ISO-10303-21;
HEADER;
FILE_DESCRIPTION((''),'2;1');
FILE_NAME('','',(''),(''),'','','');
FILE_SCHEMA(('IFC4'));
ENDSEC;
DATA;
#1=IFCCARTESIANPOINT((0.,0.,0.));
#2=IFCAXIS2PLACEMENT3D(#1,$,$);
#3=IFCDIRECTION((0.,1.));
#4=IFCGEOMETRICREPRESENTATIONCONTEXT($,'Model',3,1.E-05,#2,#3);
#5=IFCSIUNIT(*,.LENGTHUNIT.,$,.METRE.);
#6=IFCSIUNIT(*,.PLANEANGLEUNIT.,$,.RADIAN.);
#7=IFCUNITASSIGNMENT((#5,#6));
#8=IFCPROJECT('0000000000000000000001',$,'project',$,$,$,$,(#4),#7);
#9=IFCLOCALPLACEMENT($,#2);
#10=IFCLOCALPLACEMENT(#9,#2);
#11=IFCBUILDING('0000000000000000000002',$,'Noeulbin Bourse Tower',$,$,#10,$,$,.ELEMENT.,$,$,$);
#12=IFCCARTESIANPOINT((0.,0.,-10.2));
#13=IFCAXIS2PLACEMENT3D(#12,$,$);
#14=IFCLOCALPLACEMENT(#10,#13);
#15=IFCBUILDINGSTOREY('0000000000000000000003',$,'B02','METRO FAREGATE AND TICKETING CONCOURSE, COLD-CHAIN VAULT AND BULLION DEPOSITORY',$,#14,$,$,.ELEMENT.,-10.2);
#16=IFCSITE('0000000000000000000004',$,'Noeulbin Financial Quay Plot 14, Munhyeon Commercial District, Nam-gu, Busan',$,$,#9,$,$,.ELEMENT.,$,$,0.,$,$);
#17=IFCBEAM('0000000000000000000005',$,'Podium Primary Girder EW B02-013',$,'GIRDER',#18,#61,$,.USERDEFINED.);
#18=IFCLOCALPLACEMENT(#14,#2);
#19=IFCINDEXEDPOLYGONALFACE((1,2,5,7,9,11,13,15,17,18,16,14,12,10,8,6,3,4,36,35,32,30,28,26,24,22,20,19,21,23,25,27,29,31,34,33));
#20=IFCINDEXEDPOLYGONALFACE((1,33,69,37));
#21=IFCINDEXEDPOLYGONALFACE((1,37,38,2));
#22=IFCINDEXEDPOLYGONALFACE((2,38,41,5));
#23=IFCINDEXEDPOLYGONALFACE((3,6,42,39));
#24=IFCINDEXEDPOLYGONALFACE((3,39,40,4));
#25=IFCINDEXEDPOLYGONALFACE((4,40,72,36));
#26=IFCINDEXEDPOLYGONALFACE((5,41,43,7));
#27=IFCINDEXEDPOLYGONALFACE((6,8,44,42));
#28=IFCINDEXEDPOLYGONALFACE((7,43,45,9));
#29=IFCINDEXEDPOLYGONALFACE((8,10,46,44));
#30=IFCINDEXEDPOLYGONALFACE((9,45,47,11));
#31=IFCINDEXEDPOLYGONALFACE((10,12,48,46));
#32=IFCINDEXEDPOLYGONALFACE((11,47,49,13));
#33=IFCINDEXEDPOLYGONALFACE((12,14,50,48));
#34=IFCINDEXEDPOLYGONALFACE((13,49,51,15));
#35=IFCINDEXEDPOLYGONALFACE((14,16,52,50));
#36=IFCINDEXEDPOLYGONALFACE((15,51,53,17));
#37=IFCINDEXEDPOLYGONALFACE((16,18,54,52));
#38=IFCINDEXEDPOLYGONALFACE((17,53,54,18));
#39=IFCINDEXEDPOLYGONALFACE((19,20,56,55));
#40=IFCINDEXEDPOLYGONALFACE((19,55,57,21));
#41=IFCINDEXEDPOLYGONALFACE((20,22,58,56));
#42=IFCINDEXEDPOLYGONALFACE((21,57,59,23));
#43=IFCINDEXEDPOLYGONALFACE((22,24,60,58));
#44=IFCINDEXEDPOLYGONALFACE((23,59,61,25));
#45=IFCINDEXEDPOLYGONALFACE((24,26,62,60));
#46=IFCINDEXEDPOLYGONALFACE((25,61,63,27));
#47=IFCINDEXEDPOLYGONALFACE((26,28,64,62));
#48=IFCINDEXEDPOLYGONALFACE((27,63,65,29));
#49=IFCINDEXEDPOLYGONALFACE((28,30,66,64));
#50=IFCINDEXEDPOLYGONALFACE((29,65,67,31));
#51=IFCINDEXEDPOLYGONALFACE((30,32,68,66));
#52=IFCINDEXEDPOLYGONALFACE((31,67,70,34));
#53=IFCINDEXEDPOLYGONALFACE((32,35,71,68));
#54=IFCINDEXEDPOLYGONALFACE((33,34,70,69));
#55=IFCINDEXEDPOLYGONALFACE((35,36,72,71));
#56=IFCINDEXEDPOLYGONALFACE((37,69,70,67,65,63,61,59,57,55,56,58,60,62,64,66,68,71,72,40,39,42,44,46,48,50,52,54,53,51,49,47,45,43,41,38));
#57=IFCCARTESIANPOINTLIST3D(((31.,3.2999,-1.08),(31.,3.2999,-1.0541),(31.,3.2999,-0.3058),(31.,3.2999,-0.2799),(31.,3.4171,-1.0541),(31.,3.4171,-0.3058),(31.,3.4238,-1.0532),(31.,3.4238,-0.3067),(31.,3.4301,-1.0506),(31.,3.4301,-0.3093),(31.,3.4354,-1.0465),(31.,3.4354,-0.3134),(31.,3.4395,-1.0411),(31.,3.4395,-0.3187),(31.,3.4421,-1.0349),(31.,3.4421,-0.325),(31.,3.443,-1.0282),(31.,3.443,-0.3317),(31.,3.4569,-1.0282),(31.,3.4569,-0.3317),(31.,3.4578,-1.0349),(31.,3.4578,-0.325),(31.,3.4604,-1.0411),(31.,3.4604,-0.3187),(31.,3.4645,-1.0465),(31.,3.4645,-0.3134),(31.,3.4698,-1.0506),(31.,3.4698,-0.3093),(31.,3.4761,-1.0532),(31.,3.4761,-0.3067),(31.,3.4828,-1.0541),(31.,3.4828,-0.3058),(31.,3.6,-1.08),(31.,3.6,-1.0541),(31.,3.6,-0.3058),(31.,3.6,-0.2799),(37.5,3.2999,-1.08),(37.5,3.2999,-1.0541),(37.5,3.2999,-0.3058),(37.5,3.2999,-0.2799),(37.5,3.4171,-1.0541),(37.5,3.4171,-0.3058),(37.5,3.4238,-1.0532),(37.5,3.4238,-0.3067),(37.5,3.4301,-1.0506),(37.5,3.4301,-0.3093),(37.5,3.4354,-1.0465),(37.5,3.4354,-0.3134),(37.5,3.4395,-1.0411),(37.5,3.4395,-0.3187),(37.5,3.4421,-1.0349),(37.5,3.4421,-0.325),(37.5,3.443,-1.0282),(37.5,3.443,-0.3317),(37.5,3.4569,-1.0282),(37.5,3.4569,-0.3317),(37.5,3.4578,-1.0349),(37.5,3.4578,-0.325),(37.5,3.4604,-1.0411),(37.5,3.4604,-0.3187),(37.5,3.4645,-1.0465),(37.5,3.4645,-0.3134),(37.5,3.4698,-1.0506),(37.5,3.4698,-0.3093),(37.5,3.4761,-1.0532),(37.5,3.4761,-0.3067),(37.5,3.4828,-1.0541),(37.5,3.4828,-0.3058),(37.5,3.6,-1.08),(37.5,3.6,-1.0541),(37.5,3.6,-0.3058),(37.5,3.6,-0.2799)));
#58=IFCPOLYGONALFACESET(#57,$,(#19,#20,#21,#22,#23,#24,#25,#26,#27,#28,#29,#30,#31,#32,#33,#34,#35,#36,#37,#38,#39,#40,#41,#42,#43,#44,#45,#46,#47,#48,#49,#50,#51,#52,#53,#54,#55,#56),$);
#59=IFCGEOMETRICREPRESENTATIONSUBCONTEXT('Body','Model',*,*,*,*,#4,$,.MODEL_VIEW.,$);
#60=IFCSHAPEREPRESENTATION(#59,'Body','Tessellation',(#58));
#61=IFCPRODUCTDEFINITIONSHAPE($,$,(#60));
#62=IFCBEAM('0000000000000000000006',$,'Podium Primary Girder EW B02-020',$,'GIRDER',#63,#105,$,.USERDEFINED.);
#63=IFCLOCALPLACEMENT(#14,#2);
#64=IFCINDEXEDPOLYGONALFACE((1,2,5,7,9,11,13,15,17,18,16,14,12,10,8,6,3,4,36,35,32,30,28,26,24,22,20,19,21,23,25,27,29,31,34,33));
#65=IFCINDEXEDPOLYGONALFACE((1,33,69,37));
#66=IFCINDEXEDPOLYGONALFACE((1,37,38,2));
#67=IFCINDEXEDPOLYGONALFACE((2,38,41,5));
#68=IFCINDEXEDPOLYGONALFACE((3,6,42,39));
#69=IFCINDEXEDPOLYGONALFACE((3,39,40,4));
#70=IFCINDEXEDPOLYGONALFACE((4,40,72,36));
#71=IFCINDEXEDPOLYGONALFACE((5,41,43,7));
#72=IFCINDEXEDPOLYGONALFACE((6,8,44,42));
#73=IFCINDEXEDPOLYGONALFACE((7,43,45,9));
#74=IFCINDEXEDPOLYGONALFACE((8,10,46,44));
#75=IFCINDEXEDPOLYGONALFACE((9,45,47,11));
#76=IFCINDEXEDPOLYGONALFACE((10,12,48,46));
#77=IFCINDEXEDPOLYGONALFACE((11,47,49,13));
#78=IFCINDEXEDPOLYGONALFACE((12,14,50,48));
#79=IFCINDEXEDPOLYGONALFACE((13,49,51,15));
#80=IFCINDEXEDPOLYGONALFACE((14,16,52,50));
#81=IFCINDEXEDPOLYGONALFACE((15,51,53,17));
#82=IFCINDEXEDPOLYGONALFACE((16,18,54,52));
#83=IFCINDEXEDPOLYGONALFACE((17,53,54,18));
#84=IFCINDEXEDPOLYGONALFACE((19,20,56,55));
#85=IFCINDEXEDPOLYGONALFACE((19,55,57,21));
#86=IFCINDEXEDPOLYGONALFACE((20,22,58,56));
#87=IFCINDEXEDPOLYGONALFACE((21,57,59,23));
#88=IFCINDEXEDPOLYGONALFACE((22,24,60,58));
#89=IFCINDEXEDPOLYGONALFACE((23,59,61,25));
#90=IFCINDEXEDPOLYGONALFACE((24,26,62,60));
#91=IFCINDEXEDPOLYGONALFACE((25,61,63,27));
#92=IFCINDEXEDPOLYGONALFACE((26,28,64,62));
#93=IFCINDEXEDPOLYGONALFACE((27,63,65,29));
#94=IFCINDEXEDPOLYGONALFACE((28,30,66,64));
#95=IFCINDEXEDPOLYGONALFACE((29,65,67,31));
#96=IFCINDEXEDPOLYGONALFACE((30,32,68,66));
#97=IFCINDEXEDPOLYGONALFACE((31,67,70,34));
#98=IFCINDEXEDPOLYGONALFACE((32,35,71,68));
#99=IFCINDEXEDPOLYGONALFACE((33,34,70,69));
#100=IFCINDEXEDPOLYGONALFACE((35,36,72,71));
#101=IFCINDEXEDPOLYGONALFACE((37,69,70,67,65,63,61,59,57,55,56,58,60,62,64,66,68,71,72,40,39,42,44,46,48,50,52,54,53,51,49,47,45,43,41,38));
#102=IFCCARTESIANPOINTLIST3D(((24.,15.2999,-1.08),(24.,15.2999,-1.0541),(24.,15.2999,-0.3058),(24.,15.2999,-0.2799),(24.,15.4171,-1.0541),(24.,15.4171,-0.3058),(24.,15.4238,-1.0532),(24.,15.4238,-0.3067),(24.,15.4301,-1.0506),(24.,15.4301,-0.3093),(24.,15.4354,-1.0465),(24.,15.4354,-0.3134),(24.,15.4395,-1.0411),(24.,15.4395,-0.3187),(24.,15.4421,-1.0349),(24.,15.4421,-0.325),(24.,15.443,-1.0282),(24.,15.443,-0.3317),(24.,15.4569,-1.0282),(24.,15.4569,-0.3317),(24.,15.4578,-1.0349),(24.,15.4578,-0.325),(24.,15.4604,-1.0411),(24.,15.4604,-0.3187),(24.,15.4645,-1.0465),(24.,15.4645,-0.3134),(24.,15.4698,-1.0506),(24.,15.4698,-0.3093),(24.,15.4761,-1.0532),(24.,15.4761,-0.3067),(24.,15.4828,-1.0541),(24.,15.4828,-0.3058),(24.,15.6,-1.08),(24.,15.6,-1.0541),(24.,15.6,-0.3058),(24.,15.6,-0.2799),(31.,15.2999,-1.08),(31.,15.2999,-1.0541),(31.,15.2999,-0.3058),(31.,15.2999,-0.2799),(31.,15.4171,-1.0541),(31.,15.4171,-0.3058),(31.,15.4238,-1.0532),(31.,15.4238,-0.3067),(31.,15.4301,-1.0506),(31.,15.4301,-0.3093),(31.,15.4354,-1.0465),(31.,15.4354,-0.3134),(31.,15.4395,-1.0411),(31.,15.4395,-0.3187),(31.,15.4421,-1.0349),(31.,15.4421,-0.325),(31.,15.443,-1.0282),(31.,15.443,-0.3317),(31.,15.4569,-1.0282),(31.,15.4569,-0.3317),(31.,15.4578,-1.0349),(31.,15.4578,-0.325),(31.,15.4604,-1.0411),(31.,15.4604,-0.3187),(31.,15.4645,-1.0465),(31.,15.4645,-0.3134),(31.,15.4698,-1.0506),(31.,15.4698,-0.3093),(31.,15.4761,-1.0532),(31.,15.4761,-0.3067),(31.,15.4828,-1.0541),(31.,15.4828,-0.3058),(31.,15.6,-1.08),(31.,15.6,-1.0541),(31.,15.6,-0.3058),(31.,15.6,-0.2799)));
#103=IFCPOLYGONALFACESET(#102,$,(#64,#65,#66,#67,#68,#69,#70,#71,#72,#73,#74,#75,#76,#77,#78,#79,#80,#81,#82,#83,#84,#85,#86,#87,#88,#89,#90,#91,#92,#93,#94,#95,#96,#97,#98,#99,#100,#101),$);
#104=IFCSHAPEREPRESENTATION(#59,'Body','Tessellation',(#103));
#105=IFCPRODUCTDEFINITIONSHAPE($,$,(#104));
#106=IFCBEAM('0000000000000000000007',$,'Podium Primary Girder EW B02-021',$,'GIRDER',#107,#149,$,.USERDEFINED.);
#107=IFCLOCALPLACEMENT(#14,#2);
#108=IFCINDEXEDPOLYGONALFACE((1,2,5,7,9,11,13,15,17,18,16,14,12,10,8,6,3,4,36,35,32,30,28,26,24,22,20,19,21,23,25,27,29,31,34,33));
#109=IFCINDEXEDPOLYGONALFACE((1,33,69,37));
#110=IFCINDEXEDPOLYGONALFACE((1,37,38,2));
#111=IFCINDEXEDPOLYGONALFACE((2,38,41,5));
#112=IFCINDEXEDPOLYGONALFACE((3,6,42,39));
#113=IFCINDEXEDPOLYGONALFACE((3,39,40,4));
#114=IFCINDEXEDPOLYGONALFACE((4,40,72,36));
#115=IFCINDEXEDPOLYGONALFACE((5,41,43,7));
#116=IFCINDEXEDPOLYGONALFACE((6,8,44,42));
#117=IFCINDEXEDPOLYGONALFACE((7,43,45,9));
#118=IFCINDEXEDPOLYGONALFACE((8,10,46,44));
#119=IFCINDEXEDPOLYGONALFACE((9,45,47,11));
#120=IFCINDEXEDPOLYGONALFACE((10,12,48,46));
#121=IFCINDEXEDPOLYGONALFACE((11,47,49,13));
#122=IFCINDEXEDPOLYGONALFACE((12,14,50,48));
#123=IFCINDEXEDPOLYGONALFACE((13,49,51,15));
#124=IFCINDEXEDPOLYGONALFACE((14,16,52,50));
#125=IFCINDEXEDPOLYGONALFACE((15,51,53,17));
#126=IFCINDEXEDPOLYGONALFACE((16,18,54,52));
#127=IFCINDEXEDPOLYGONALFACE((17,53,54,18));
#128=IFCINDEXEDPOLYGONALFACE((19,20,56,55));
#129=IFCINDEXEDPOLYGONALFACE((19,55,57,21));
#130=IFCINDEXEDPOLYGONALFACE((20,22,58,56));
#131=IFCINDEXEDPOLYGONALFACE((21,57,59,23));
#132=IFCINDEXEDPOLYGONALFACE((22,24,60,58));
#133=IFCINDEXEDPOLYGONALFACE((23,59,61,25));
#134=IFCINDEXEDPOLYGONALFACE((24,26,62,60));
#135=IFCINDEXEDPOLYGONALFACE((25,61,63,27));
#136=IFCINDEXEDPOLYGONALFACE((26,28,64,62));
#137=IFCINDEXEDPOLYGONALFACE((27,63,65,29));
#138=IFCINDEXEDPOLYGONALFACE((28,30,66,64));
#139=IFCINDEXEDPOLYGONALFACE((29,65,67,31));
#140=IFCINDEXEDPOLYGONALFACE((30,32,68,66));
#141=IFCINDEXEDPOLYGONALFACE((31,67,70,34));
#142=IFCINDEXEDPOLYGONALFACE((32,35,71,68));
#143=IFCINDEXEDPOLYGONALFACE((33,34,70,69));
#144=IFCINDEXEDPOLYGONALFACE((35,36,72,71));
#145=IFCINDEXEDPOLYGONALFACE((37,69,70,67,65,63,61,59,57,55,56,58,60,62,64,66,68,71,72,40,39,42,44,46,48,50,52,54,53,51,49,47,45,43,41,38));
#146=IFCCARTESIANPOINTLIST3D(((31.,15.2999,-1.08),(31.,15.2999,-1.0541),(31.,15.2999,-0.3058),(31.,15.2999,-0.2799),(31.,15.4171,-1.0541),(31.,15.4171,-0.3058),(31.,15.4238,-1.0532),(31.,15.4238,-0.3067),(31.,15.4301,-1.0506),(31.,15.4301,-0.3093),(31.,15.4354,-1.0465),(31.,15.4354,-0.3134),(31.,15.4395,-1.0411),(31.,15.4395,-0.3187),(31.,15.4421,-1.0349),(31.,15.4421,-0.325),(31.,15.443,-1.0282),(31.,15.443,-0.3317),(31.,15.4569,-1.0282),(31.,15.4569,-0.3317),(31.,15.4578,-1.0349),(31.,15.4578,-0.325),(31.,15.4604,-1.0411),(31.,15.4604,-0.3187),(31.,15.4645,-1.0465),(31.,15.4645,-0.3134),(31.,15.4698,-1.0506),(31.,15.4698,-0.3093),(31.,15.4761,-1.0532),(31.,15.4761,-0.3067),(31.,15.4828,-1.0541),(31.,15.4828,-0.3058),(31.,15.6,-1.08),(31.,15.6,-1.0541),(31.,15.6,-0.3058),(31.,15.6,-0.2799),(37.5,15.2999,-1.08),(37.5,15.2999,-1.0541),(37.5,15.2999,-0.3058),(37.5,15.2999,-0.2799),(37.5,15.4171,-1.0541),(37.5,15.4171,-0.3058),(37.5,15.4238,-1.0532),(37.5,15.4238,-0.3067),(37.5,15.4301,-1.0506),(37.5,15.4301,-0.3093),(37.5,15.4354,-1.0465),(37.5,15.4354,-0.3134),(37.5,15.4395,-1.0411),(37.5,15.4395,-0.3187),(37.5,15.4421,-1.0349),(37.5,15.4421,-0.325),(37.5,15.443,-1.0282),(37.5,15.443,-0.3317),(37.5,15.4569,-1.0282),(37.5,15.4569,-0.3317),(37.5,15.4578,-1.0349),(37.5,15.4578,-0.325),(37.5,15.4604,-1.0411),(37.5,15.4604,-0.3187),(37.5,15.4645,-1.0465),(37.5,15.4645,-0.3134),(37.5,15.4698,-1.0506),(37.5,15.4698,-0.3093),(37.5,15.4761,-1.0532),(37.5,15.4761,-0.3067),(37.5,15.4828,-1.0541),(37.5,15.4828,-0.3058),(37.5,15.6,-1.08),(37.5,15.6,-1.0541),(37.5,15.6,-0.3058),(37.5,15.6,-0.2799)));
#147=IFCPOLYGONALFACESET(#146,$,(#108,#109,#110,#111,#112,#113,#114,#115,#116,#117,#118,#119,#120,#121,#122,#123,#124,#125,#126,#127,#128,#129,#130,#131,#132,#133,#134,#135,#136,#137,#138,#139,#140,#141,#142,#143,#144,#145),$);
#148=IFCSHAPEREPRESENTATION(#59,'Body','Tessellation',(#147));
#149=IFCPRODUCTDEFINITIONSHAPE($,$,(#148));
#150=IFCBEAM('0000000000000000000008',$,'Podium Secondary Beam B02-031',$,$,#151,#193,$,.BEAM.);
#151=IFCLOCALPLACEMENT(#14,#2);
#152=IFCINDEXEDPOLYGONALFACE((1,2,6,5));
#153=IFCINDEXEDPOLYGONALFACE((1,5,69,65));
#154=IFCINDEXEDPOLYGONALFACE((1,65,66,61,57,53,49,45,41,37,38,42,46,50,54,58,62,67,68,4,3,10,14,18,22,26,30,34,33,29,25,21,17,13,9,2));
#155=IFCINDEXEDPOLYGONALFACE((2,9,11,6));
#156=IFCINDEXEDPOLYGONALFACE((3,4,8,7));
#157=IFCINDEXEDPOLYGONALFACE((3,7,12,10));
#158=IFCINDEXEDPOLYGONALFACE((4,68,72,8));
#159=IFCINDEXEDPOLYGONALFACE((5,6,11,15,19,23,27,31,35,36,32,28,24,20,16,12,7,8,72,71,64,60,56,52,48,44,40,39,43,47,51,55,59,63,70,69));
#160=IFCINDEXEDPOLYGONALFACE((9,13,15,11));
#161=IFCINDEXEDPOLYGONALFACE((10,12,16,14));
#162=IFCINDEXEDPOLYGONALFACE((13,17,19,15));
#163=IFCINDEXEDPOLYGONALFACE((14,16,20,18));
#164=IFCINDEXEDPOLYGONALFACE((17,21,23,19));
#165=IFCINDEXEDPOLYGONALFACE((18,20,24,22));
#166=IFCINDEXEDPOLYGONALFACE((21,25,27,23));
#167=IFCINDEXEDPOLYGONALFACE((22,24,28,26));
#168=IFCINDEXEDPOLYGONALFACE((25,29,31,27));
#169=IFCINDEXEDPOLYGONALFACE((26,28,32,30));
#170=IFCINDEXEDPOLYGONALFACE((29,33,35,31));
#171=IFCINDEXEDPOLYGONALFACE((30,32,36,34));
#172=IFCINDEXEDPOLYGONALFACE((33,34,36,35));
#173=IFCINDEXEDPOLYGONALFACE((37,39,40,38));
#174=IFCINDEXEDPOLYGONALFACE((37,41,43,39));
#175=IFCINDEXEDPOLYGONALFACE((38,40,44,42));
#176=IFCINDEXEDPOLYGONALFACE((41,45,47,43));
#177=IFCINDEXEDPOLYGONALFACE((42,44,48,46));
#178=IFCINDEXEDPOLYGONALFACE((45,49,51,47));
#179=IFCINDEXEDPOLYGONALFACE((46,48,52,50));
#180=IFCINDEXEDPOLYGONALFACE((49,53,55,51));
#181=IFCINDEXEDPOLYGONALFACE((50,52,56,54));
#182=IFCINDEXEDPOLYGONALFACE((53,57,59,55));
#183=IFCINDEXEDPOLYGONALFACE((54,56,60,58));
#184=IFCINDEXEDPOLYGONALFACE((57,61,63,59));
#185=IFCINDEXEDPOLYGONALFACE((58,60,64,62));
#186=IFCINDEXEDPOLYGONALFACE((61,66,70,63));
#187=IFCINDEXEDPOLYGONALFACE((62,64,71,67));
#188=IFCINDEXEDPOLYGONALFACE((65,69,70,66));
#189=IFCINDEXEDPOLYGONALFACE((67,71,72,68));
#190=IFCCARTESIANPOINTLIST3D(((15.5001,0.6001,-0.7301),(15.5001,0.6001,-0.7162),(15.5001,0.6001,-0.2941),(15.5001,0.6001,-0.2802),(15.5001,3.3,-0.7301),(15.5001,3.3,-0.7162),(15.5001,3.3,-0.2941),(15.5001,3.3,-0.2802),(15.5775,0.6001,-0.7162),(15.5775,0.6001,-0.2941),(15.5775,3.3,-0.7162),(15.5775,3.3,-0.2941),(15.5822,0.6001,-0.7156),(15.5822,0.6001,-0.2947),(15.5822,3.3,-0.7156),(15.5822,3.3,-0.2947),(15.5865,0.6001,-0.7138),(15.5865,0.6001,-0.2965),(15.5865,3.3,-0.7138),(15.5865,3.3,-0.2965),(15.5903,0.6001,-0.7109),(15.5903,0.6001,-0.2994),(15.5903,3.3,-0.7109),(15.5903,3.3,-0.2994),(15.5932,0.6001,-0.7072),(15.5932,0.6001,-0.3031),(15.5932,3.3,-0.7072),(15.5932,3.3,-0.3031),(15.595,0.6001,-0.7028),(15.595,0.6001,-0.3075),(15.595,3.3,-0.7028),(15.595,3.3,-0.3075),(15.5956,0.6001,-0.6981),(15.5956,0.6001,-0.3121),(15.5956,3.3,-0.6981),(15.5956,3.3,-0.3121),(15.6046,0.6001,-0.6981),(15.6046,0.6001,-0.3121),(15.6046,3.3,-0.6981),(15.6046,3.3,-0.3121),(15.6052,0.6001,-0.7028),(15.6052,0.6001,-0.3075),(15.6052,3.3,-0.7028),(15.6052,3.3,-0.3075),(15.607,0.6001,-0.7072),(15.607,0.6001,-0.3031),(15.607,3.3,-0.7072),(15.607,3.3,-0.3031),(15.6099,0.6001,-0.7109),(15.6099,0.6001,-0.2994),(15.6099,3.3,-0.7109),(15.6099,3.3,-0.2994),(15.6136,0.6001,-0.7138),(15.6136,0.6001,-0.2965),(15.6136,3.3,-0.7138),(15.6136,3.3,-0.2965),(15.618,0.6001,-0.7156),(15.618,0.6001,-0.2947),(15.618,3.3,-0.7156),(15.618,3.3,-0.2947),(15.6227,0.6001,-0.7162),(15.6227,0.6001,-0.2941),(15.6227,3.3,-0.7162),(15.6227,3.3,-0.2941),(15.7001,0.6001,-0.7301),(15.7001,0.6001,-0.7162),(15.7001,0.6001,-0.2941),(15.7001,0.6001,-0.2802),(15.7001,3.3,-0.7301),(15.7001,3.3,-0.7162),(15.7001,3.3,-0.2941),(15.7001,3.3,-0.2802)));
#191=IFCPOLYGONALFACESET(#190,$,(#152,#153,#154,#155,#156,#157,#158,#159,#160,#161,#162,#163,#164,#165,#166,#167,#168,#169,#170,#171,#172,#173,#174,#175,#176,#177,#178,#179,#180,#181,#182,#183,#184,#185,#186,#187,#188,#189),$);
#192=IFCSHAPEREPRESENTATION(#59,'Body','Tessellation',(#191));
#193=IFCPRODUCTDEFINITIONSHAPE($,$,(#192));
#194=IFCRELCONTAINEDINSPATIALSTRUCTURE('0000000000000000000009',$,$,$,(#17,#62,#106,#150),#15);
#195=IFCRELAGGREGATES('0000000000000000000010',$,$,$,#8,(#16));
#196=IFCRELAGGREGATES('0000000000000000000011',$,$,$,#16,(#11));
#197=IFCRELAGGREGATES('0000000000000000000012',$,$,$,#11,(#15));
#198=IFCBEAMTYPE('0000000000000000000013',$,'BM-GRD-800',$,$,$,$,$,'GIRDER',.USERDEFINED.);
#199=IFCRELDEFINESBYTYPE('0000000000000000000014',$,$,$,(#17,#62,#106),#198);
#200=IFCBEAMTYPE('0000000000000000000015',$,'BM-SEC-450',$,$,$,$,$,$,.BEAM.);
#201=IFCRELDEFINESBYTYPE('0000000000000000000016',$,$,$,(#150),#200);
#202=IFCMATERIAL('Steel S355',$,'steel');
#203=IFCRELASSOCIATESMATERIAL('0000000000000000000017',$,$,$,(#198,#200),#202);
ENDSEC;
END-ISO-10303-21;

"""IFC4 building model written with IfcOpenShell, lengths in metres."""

from ifc_helpers import new_model, si_unit, direction, frame, origin, origin_2d, place, context, subcontext, project, spatial, i_section, extrude, material, material_profile, profile_set, type_object, element, save


model = new_model("IFC4")

# Units and contexts
model_context = context("Model", 3, precision=1e-05, world=origin(), true_north=direction((0.0, 1.0)))
body_context = subcontext(model_context, "Body", "Model", "MODEL_VIEW")
ifc_project = project(units=[si_unit("LENGTHUNIT", "METRE"), si_unit("PLANEANGLEUNIT", "RADIAN")], contexts=[model_context])

# Site, building, storey
site_placement = place(None, origin())
site = spatial("IfcSite", under=ifc_project, at=site_placement, Name="Noeulbin Financial Quay Plot 14, Munhyeon Commercial District, Nam-gu, Busan", CompositionType="ELEMENT", RefElevation=0.0)
building_placement = place(site_placement, origin())
building = spatial("IfcBuilding", under=site, at=building_placement, Name="Noeulbin Bourse Tower", CompositionType="ELEMENT")
storey_placement = place(building_placement, frame((0.0, 0.0, -10.2)))
storey = spatial("IfcBuildingStorey", under=building, at=storey_placement, Name="B02", Description="METRO FAREGATE AND TICKETING CONCOURSE, COLD-CHAIN VAULT AND BULLION DEPOSITORY", CompositionType="ELEMENT", Elevation=-10.2)

# Beams
ifc_material_1 = material(Name="Steel S355", Category="steel")
ifc_material_profile_1 = material_profile(ifc_material_1, i_section(OverallWidth=0.3, OverallDepth=0.8, WebThickness=0.0139, FlangeThickness=0.0259, FilletRadius=0.0259, at=origin_2d()), Name="H-800x300x14x26", Category="LoadBearing")
ifc_profile_set_1 = profile_set([ifc_material_profile_1], Name="Steel S355")
beam_type_1 = type_object("IfcBeamType", Name="BM-GRD-800", ElementType="GIRDER", PredefinedType="USERDEFINED", material=ifc_profile_set_1)
beam_1_placement = place(storey_placement, frame((31.0, 3.45, -0.6799), z_axis=(1.0, 0.0, 0.0), x_axis=(0.0, 1.0, 0.0)))
element("IfcBeam", 1, at=beam_1_placement, inside=storey, type_object=beam_type_1, Name="Podium Primary Girder EW B02-013", ObjectType="GIRDER", PredefinedType="USERDEFINED", context=body_context, shape_type="SweptSolid", body=[
    extrude(i_section(OverallWidth=0.3, OverallDepth=0.8, WebThickness=0.0139, FlangeThickness=0.0259, FilletRadius=0.0259, at=origin_2d()), origin(), (0.0, 0.0, 1.0), 6.5),
])
beam_2_placement = place(storey_placement, frame((24.0, 15.45, -0.6799), z_axis=(1.0, 0.0, 0.0), x_axis=(0.0, 1.0, 0.0)))
element("IfcBeam", 2, at=beam_2_placement, inside=storey, type_object=beam_type_1, Name="Podium Primary Girder EW B02-020", ObjectType="GIRDER", PredefinedType="USERDEFINED", context=body_context, shape_type="SweptSolid", body=[
    extrude(i_section(OverallWidth=0.3, OverallDepth=0.8, WebThickness=0.0139, FlangeThickness=0.0259, FilletRadius=0.0259, at=origin_2d()), origin(), (0.0, 0.0, 1.0), 7.0),
])
beam_3_placement = place(storey_placement, frame((31.0, 15.45, -0.6799), z_axis=(1.0, 0.0, 0.0), x_axis=(0.0, 1.0, 0.0)))
element("IfcBeam", 3, at=beam_3_placement, inside=storey, type_object=beam_type_1, Name="Podium Primary Girder EW B02-021", ObjectType="GIRDER", PredefinedType="USERDEFINED", context=body_context, shape_type="SweptSolid", body=[
    extrude(i_section(OverallWidth=0.3, OverallDepth=0.8, WebThickness=0.0139, FlangeThickness=0.0259, FilletRadius=0.0259, at=origin_2d()), origin(), (0.0, 0.0, 1.0), 6.5),
])
ifc_material_profile_2 = material_profile(ifc_material_1, i_section(OverallWidth=0.2, OverallDepth=0.45, WebThickness=0.009, FlangeThickness=0.0139, FilletRadius=0.0181, at=origin_2d()), Name="H-450x200x9x14", Category="LoadBearing")
ifc_profile_set_2 = profile_set([ifc_material_profile_2], Name="Steel S355")
beam_type_2 = type_object("IfcBeamType", Name="BM-SEC-450", PredefinedType="BEAM", material=ifc_profile_set_2)
beam_4_placement = place(storey_placement, frame((15.6001, 0.6001, -0.5051), z_axis=(0.0, 1.0, 0.0), x_axis=(-1.0, 0.0, 0.0)))
element("IfcBeam", 4, at=beam_4_placement, inside=storey, type_object=beam_type_2, Name="Podium Secondary Beam B02-031", PredefinedType="BEAM", context=body_context, shape_type="SweptSolid", body=[
    extrude(i_section(OverallWidth=0.2, OverallDepth=0.45, WebThickness=0.009, FlangeThickness=0.0139, FilletRadius=0.0181, at=origin_2d()), origin(), (0.0, 0.0, 1.0), 2.7),
])

save(model, "model.ifc")
